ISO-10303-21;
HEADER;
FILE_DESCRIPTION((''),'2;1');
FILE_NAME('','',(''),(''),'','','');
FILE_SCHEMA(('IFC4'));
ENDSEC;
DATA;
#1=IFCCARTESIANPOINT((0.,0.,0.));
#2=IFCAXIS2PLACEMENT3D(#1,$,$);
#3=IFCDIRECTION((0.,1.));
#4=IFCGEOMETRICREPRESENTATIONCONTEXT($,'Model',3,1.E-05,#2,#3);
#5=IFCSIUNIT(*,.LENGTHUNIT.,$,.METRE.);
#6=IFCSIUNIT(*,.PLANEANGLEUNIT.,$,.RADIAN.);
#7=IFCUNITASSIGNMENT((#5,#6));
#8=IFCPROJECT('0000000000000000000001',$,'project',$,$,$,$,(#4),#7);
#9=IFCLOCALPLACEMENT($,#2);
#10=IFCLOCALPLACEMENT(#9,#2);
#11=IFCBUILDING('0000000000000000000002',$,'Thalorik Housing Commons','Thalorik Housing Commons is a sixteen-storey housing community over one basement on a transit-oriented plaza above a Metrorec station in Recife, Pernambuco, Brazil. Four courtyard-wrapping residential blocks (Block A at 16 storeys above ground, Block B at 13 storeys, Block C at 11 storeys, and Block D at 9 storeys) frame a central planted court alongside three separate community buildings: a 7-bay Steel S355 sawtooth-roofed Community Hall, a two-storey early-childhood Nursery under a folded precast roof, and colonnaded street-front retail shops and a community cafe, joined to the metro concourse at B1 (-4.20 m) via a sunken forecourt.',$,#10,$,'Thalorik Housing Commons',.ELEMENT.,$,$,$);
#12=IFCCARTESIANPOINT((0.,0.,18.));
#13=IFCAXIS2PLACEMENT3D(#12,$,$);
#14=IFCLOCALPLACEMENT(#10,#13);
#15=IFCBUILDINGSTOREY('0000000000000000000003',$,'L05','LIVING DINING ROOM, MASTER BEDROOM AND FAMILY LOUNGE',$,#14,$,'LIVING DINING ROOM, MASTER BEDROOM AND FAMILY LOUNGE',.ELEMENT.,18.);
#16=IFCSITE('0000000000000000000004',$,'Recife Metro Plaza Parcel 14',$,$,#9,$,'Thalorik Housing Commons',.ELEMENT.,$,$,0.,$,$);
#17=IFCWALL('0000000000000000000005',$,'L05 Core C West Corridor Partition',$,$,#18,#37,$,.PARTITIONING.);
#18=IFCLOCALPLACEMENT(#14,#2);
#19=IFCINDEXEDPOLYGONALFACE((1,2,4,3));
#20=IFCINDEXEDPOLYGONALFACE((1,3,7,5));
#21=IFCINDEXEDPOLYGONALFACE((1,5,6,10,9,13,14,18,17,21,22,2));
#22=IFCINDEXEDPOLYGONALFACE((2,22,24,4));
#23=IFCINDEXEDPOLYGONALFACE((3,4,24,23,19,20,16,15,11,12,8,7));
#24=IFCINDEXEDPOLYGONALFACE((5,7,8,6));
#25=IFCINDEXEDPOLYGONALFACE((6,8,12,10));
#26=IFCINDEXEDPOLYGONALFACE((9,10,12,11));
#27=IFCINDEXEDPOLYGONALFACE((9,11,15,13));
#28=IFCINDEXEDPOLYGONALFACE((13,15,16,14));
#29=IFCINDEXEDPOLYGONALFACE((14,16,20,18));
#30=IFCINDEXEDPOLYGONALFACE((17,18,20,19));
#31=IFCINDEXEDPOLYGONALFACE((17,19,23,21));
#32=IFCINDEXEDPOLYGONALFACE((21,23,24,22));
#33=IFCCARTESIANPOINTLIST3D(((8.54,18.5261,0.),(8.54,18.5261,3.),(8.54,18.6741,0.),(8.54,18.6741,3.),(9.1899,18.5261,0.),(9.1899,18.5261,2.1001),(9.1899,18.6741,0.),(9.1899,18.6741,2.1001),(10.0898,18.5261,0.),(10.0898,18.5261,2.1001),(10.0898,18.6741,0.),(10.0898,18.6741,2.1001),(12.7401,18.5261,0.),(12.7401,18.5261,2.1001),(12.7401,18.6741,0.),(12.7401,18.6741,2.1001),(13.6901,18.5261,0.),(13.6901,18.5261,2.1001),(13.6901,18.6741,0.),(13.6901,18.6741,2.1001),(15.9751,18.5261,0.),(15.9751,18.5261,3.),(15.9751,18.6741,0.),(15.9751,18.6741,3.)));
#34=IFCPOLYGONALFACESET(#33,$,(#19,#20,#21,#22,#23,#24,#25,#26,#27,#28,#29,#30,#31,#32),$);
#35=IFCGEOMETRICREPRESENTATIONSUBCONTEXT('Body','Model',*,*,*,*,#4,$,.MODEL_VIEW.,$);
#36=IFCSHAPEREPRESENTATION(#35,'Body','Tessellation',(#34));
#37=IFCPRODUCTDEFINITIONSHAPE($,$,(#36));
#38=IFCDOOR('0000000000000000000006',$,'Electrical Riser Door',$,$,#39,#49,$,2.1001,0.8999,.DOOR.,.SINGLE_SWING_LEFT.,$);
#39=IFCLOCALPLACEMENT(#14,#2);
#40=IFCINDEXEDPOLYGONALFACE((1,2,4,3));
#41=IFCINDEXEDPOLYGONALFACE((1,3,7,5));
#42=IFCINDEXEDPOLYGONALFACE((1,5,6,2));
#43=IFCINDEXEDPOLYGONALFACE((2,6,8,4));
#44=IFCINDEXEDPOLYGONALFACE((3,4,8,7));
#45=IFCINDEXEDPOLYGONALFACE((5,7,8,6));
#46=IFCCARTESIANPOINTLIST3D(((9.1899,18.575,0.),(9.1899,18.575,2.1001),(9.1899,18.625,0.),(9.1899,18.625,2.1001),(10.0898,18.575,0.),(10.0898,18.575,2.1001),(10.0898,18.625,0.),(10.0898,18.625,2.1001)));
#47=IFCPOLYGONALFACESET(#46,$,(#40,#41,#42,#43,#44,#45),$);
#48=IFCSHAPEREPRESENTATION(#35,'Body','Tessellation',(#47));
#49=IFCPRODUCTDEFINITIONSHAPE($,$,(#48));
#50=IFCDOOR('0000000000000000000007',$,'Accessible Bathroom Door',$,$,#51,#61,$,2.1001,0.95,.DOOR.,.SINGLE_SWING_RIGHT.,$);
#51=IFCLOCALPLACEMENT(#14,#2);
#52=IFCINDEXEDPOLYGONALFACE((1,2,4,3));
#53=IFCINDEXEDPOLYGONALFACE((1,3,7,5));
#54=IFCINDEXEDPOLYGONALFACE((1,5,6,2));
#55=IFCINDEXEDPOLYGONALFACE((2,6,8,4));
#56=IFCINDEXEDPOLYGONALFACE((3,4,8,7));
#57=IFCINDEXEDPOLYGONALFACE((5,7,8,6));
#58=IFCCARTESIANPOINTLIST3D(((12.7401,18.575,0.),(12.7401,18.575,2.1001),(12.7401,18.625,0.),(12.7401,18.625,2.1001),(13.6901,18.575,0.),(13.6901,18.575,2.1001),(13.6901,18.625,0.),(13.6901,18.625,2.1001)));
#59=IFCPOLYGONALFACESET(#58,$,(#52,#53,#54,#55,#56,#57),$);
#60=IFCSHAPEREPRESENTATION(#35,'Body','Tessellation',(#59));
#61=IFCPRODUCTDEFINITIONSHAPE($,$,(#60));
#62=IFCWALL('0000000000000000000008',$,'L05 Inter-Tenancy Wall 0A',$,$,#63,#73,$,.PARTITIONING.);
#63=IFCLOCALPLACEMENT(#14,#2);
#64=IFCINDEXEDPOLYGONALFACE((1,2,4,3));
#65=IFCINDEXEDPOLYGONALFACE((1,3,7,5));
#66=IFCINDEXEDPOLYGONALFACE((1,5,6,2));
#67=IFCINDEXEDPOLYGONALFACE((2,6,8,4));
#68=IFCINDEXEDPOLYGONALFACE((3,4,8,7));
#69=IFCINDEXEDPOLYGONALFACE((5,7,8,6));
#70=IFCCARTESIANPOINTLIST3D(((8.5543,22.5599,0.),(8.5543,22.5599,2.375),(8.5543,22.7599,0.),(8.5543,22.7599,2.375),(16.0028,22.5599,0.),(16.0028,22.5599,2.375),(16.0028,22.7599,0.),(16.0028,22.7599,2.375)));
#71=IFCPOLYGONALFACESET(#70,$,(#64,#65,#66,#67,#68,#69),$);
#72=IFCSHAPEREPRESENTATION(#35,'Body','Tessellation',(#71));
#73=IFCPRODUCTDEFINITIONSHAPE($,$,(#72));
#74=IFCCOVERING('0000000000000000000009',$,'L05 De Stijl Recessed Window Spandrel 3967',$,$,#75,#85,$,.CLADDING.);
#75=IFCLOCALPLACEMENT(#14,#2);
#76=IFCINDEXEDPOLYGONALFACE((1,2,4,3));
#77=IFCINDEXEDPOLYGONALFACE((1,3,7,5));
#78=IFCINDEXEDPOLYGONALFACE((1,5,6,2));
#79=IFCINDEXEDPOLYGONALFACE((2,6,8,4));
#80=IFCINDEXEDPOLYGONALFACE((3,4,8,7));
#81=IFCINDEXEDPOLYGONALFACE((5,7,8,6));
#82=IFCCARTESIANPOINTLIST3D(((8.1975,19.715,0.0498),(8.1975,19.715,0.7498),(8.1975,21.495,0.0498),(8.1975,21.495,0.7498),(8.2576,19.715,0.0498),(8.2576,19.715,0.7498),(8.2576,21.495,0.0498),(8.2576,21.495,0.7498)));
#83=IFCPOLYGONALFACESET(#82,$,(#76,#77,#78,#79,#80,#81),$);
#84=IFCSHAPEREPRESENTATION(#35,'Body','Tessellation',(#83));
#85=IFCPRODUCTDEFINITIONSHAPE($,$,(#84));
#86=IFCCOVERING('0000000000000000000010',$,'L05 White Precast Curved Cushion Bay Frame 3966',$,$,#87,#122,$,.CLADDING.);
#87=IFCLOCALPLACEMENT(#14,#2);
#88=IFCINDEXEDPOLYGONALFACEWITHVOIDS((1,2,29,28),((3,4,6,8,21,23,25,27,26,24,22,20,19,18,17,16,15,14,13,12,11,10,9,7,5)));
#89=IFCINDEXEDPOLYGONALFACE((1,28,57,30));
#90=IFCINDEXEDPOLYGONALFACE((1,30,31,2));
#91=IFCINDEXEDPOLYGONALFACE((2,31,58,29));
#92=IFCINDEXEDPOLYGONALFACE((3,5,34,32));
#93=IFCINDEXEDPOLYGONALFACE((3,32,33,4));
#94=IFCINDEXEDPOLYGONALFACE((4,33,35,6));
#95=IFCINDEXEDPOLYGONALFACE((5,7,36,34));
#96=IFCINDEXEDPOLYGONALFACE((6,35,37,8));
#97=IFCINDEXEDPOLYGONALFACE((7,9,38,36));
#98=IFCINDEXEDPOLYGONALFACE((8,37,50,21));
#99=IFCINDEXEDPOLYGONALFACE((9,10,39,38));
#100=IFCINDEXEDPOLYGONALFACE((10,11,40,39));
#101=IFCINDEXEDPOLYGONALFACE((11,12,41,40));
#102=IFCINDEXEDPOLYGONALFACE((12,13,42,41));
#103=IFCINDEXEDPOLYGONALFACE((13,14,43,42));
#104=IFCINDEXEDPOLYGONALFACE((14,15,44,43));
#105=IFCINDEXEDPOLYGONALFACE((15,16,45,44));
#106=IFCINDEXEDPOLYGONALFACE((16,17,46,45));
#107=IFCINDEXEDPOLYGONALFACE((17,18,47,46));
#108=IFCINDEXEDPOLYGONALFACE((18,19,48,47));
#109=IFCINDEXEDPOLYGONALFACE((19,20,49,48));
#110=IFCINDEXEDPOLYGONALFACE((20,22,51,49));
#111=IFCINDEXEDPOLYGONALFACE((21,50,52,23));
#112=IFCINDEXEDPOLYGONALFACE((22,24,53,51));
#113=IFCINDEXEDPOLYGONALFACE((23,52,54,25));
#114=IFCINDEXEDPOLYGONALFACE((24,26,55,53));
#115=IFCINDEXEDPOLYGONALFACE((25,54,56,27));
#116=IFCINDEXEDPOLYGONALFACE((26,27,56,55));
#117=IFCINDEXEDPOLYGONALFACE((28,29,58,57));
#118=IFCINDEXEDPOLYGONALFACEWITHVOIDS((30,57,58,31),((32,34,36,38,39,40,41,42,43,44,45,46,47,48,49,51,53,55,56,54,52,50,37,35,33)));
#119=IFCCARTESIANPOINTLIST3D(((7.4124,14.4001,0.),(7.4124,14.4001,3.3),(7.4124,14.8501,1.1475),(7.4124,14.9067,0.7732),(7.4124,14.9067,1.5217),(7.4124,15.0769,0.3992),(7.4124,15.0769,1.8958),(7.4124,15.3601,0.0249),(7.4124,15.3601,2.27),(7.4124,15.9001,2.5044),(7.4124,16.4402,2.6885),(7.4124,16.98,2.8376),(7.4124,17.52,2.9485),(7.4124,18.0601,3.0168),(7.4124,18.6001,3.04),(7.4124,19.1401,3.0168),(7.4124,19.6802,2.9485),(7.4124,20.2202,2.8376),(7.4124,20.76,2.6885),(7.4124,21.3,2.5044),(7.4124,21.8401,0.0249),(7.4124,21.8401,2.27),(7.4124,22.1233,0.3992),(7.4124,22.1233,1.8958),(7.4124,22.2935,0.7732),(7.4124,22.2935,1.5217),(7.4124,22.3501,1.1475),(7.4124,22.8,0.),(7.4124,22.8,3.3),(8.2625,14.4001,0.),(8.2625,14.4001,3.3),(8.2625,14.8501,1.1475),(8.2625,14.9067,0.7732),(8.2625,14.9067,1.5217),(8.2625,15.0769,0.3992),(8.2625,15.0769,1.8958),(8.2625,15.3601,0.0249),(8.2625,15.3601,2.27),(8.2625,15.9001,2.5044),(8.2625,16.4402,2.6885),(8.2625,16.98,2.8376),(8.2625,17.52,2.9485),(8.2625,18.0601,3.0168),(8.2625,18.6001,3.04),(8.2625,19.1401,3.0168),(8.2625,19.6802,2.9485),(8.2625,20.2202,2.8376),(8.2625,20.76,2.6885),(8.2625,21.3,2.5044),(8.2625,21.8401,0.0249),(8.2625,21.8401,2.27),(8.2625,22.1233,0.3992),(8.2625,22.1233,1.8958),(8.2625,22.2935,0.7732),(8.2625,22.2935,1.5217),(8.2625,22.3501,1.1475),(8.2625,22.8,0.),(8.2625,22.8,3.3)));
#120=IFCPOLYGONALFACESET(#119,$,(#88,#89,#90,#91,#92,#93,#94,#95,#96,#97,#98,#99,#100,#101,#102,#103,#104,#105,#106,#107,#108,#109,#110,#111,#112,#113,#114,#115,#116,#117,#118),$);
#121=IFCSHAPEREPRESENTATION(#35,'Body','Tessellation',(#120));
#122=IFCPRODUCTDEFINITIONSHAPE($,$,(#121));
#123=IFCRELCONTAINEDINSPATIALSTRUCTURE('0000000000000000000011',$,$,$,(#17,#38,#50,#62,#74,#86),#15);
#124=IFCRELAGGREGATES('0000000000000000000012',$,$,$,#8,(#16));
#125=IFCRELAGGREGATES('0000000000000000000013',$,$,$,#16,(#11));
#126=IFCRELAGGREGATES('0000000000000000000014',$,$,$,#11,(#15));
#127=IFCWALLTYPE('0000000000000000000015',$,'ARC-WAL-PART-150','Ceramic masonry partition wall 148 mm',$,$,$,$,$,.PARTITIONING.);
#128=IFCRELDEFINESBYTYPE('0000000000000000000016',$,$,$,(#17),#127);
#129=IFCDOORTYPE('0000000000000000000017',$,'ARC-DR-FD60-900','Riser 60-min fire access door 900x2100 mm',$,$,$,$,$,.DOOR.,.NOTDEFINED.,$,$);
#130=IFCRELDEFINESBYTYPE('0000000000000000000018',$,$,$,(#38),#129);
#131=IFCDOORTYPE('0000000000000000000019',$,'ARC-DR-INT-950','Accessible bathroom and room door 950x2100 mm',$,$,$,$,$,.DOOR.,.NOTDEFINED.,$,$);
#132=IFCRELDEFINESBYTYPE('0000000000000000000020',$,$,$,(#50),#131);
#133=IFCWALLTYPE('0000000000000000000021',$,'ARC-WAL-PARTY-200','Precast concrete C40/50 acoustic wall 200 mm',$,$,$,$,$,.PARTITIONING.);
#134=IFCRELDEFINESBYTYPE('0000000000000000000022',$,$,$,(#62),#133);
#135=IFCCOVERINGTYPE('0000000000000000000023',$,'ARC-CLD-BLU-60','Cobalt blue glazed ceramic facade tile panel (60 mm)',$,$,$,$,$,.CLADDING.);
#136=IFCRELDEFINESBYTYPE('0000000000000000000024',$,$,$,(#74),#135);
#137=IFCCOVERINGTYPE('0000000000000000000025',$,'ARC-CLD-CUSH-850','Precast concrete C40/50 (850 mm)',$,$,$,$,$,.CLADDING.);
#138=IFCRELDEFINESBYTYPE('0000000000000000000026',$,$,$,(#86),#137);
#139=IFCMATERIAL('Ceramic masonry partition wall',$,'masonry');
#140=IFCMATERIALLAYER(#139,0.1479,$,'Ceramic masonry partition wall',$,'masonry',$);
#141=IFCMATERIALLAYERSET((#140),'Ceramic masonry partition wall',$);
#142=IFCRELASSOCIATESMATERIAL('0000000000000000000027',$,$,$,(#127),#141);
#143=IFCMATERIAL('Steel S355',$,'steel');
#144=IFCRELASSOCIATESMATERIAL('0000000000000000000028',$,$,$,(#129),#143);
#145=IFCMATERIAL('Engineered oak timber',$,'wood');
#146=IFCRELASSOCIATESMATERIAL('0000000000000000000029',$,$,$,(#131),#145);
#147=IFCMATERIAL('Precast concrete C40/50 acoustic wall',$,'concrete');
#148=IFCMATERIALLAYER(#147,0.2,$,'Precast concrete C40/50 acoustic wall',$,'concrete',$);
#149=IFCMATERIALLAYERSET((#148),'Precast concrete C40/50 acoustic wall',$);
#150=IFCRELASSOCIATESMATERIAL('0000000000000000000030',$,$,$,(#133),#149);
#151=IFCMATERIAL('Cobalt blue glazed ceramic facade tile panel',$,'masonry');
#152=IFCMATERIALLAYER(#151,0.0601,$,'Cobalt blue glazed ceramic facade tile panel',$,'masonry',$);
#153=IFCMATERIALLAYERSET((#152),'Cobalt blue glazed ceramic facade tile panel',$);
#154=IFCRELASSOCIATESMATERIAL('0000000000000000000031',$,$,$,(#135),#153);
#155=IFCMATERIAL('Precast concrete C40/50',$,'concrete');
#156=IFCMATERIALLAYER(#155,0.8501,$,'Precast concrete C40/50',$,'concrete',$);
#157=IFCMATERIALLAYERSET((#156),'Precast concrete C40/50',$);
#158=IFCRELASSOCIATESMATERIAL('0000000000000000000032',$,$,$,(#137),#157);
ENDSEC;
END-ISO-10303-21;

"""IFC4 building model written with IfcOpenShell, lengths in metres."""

from ifc_helpers import new_model, si_unit, direction, frame, frame_2d, origin, origin_2d, place, context, subcontext, project, spatial, polyline, rectangle, outline, extrude, material, layer, layer_set, type_object, element, fill, save


model = new_model("IFC4")

# Units and contexts
model_context = context("Model", 3, precision=1e-05, world=origin(), true_north=direction((0.0, 1.0)))
body_context = subcontext(model_context, "Body", "Model", "MODEL_VIEW")
ifc_project = project(units=[si_unit("LENGTHUNIT", "METRE"), si_unit("PLANEANGLEUNIT", "RADIAN")], contexts=[model_context])

# Site, building, storey
site_placement = place(None, origin())
site = spatial("IfcSite", under=ifc_project, at=site_placement, Name="Recife Metro Plaza Parcel 14", LongName="Thalorik Housing Commons", CompositionType="ELEMENT", RefElevation=0.0)
building_placement = place(site_placement, origin())
building = spatial("IfcBuilding", under=site, at=building_placement, Name="Thalorik Housing Commons", Description="Thalorik Housing Commons is a sixteen-storey housing community over one basement on a transit-oriented plaza above a Metrorec station in Recife, Pernambuco, Brazil. Four courtyard-wrapping residential blocks (Block A at 16 storeys above ground, Block B at 13 storeys, Block C at 11 storeys, and Block D at 9 storeys) frame a central planted court alongside three separate community buildings: a 7-bay Steel S355 sawtooth-roofed Community Hall, a two-storey early-childhood Nursery under a folded precast roof, and colonnaded street-front retail shops and a community cafe, joined to the metro concourse at B1 (-4.20 m) via a sunken forecourt.", LongName="Thalorik Housing Commons", CompositionType="ELEMENT")
storey_placement = place(building_placement, frame((0.0, 0.0, 18.0)))
storey = spatial("IfcBuildingStorey", under=building, at=storey_placement, Name="L05", Description="LIVING DINING ROOM, MASTER BEDROOM AND FAMILY LOUNGE", LongName="LIVING DINING ROOM, MASTER BEDROOM AND FAMILY LOUNGE", CompositionType="ELEMENT", Elevation=18.0)

# Shared definitions
ifc_material_1 = material(Name="Precast concrete C40/50", Category="concrete")

# Shared definitions
ifc_material_2 = material(Name="Steel S355", Category="steel")

# Shared definitions
ifc_material_3 = material(Name="Ceramic masonry partition wall", Category="masonry")
ifc_layer_1 = layer(ifc_material_3, 0.1479, Name="Ceramic masonry partition wall", Category="masonry")
ifc_layer_set_1 = layer_set([ifc_layer_1], Name="Ceramic masonry partition wall")
wall_type_1 = type_object("IfcWallType", Name="ARC-WAL-PART-150", Description="Ceramic masonry partition wall 148 mm", PredefinedType="PARTITIONING", material=ifc_layer_set_1)

# Wall, openings, doors
wall_1_placement = place(storey_placement, frame((8.54, 18.6001, 0.0), z_axis=(0.0, 0.0, 1.0), x_axis=(1.0, 0.0, 0.0)))
wall_1 = element("IfcWall", 1, at=wall_1_placement, inside=storey, type_object=wall_type_1, Name="L05 Core C West Corridor Partition", PredefinedType="PARTITIONING", context=body_context, shape_type="SweptSolid", body=[
    extrude(rectangle(XDim=7.4351, YDim=0.1479, at=frame_2d((3.7175, 0.0))), origin(), (0.0, 0.0, 1.0), 3.0),
])
opening_1_placement = place(wall_1_placement, frame((0.6499, 0.0, 0.0)))
opening_1 = element("IfcOpeningElement", 2, at=opening_1_placement, cuts=wall_1, PredefinedType="OPENING", context=body_context, shape_type="SweptSolid", body=[
    extrude(rectangle(XDim=0.8999, YDim=2.1001, at=frame_2d((0.45, 1.05))), frame((0.0, 0.084, 0.0), z_axis=(0.0, -1.0, 0.0), x_axis=(1.0, 0.0, 0.0)), (0.0, 0.0, 1.0), 0.168),
])
opening_2_placement = place(wall_1_placement, frame((4.2, 0.0, 0.0)))
opening_2 = element("IfcOpeningElement", 3, at=opening_2_placement, cuts=wall_1, PredefinedType="OPENING", context=body_context, shape_type="SweptSolid", body=[
    extrude(rectangle(XDim=0.95, YDim=2.1001, at=frame_2d((0.4751, 1.05))), frame((0.0, 0.084, 0.0), z_axis=(0.0, -1.0, 0.0), x_axis=(1.0, 0.0, 0.0)), (0.0, 0.0, 1.0), 0.168),
])
door_type_1 = type_object("IfcDoorType", Name="ARC-DR-FD60-900", Description="Riser 60-min fire access door 900x2100 mm", OperationType="NOTDEFINED", PredefinedType="DOOR", material=ifc_material_2)
door_1_placement = place(opening_1_placement, origin())
door_1 = element("IfcDoor", 4, at=door_1_placement, inside=storey, type_object=door_type_1, Name="Electrical Riser Door", OperationType="SINGLE_SWING_LEFT", OverallHeight=2.1001, OverallWidth=0.8999, PredefinedType="DOOR", context=body_context, shape_type="SweptSolid", body=[
    extrude(rectangle(XDim=0.8999, YDim=2.1001, at=frame_2d((0.45, 1.05))), frame((0.0, 0.0249, 0.0), z_axis=(0.0, -1.0, 0.0), x_axis=(1.0, 0.0, 0.0)), (0.0, 0.0, 1.0), 0.05),
])
fill(opening_1, door_1)
ifc_material_4 = material(Name="Engineered oak timber", Category="wood")
door_type_2 = type_object("IfcDoorType", Name="ARC-DR-INT-950", Description="Accessible bathroom and room door 950x2100 mm", OperationType="NOTDEFINED", PredefinedType="DOOR", material=ifc_material_4)
door_2_placement = place(opening_2_placement, origin())
door_2 = element("IfcDoor", 5, at=door_2_placement, inside=storey, type_object=door_type_2, Name="Accessible Bathroom Door", OperationType="SINGLE_SWING_RIGHT", OverallHeight=2.1001, OverallWidth=0.95, PredefinedType="DOOR", context=body_context, shape_type="SweptSolid", body=[
    extrude(rectangle(XDim=0.95, YDim=2.1001, at=frame_2d((0.4751, 1.05))), frame((0.0, 0.0249, 0.0), z_axis=(0.0, -1.0, 0.0), x_axis=(1.0, 0.0, 0.0)), (0.0, 0.0, 1.0), 0.05),
])
fill(opening_2, door_2)

# Wall
ifc_material_5 = material(Name="Precast concrete C40/50 acoustic wall", Category="concrete")
ifc_layer_2 = layer(ifc_material_5, 0.2, Name="Precast concrete C40/50 acoustic wall", Category="concrete")
ifc_layer_set_2 = layer_set([ifc_layer_2], Name="Precast concrete C40/50 acoustic wall")
wall_type_2 = type_object("IfcWallType", Name="ARC-WAL-PARTY-200", Description="Precast concrete C40/50 acoustic wall 200 mm", PredefinedType="PARTITIONING", material=ifc_layer_set_2)
wall_2_placement = place(storey_placement, frame((8.5544, 22.6599, 0.0), z_axis=(0.0, 0.0, 1.0), x_axis=(1.0, 0.0, 0.0)))
element("IfcWall", 6, at=wall_2_placement, inside=storey, type_object=wall_type_2, Name="L05 Inter-Tenancy Wall 0A", PredefinedType="PARTITIONING", context=body_context, shape_type="SweptSolid", body=[
    extrude(rectangle(XDim=7.4485, YDim=0.2, at=frame_2d((3.7241, 0.0))), origin(), (0.0, 0.0, 1.0), 2.375),
])

# Coverings
ifc_material_6 = material(Name="Cobalt blue glazed ceramic facade tile panel", Category="masonry")
ifc_layer_3 = layer(ifc_material_6, 0.0601, Name="Cobalt blue glazed ceramic facade tile panel", Category="masonry")
ifc_layer_set_3 = layer_set([ifc_layer_3], Name="Cobalt blue glazed ceramic facade tile panel")
covering_type_1 = type_object("IfcCoveringType", Name="ARC-CLD-BLU-60", Description="Cobalt blue glazed ceramic facade tile panel (60 mm)", PredefinedType="CLADDING", material=ifc_layer_set_3)
covering_1_placement = place(storey_placement, frame((8.2275, 20.605, 0.0498), z_axis=(0.0, 0.0, 1.0), x_axis=(0.0, -1.0, 0.0)))
element("IfcCovering", 7, at=covering_1_placement, inside=storey, type_object=covering_type_1, Name="L05 De Stijl Recessed Window Spandrel 3967", PredefinedType="CLADDING", context=body_context, shape_type="SweptSolid", body=[
    extrude(rectangle(XDim=1.78, YDim=0.0601, at=origin_2d()), origin(), (0.0, 0.0, 1.0), 0.7),
])
ifc_layer_4 = layer(ifc_material_1, 0.8501, Name="Precast concrete C40/50", Category="concrete")
ifc_layer_set_4 = layer_set([ifc_layer_4], Name="Precast concrete C40/50")
covering_type_2 = type_object("IfcCoveringType", Name="ARC-CLD-CUSH-850", Description="Precast concrete C40/50 (850 mm)", PredefinedType="CLADDING", material=ifc_layer_set_4)
covering_2_placement = place(storey_placement, frame((7.8374, 18.6001, 0.0), z_axis=(0.0, 0.0, 1.0), x_axis=(0.0, -1.0, 0.0)))
element("IfcCovering", 8, at=covering_2_placement, inside=storey, type_object=covering_type_2, Name="L05 White Precast Curved Cushion Bay Frame 3966", PredefinedType="CLADDING", context=body_context, shape_type="SweptSolid", body=[
    extrude(outline(polyline([(-4.2, 0.0), (4.2, 0.0), (4.2, 3.3), (-4.2, 3.3), (-4.2, 0.0)]), holes=[polyline([(3.24, 0.0249), (3.5232, 0.3992), (3.6934, 0.7732), (3.75, 1.1475), (3.6934, 1.5217), (3.5232, 1.8958), (3.24, 2.27), (2.7, 2.5044), (2.1599, 2.6885), (1.6201, 2.8376), (1.0801, 2.9485), (0.54, 3.0168), (0.0, 3.04), (-0.54, 3.0168), (-1.0801, 2.9485), (-1.6201, 2.8376), (-2.1599, 2.6885), (-2.7, 2.5044), (-3.24, 2.27), (-3.5232, 1.8958), (-3.6934, 1.5217), (-3.75, 1.1475), (-3.6934, 0.7732), (-3.5232, 0.3992), (-3.24, 0.0249), (3.24, 0.0249)])]), frame((0.0, 0.425, 0.0), z_axis=(0.0, -1.0, 0.0), x_axis=(1.0, 0.0, 0.0)), (0.0, 0.0, 1.0), 0.8501),
])

save(model, "model.ifc")
